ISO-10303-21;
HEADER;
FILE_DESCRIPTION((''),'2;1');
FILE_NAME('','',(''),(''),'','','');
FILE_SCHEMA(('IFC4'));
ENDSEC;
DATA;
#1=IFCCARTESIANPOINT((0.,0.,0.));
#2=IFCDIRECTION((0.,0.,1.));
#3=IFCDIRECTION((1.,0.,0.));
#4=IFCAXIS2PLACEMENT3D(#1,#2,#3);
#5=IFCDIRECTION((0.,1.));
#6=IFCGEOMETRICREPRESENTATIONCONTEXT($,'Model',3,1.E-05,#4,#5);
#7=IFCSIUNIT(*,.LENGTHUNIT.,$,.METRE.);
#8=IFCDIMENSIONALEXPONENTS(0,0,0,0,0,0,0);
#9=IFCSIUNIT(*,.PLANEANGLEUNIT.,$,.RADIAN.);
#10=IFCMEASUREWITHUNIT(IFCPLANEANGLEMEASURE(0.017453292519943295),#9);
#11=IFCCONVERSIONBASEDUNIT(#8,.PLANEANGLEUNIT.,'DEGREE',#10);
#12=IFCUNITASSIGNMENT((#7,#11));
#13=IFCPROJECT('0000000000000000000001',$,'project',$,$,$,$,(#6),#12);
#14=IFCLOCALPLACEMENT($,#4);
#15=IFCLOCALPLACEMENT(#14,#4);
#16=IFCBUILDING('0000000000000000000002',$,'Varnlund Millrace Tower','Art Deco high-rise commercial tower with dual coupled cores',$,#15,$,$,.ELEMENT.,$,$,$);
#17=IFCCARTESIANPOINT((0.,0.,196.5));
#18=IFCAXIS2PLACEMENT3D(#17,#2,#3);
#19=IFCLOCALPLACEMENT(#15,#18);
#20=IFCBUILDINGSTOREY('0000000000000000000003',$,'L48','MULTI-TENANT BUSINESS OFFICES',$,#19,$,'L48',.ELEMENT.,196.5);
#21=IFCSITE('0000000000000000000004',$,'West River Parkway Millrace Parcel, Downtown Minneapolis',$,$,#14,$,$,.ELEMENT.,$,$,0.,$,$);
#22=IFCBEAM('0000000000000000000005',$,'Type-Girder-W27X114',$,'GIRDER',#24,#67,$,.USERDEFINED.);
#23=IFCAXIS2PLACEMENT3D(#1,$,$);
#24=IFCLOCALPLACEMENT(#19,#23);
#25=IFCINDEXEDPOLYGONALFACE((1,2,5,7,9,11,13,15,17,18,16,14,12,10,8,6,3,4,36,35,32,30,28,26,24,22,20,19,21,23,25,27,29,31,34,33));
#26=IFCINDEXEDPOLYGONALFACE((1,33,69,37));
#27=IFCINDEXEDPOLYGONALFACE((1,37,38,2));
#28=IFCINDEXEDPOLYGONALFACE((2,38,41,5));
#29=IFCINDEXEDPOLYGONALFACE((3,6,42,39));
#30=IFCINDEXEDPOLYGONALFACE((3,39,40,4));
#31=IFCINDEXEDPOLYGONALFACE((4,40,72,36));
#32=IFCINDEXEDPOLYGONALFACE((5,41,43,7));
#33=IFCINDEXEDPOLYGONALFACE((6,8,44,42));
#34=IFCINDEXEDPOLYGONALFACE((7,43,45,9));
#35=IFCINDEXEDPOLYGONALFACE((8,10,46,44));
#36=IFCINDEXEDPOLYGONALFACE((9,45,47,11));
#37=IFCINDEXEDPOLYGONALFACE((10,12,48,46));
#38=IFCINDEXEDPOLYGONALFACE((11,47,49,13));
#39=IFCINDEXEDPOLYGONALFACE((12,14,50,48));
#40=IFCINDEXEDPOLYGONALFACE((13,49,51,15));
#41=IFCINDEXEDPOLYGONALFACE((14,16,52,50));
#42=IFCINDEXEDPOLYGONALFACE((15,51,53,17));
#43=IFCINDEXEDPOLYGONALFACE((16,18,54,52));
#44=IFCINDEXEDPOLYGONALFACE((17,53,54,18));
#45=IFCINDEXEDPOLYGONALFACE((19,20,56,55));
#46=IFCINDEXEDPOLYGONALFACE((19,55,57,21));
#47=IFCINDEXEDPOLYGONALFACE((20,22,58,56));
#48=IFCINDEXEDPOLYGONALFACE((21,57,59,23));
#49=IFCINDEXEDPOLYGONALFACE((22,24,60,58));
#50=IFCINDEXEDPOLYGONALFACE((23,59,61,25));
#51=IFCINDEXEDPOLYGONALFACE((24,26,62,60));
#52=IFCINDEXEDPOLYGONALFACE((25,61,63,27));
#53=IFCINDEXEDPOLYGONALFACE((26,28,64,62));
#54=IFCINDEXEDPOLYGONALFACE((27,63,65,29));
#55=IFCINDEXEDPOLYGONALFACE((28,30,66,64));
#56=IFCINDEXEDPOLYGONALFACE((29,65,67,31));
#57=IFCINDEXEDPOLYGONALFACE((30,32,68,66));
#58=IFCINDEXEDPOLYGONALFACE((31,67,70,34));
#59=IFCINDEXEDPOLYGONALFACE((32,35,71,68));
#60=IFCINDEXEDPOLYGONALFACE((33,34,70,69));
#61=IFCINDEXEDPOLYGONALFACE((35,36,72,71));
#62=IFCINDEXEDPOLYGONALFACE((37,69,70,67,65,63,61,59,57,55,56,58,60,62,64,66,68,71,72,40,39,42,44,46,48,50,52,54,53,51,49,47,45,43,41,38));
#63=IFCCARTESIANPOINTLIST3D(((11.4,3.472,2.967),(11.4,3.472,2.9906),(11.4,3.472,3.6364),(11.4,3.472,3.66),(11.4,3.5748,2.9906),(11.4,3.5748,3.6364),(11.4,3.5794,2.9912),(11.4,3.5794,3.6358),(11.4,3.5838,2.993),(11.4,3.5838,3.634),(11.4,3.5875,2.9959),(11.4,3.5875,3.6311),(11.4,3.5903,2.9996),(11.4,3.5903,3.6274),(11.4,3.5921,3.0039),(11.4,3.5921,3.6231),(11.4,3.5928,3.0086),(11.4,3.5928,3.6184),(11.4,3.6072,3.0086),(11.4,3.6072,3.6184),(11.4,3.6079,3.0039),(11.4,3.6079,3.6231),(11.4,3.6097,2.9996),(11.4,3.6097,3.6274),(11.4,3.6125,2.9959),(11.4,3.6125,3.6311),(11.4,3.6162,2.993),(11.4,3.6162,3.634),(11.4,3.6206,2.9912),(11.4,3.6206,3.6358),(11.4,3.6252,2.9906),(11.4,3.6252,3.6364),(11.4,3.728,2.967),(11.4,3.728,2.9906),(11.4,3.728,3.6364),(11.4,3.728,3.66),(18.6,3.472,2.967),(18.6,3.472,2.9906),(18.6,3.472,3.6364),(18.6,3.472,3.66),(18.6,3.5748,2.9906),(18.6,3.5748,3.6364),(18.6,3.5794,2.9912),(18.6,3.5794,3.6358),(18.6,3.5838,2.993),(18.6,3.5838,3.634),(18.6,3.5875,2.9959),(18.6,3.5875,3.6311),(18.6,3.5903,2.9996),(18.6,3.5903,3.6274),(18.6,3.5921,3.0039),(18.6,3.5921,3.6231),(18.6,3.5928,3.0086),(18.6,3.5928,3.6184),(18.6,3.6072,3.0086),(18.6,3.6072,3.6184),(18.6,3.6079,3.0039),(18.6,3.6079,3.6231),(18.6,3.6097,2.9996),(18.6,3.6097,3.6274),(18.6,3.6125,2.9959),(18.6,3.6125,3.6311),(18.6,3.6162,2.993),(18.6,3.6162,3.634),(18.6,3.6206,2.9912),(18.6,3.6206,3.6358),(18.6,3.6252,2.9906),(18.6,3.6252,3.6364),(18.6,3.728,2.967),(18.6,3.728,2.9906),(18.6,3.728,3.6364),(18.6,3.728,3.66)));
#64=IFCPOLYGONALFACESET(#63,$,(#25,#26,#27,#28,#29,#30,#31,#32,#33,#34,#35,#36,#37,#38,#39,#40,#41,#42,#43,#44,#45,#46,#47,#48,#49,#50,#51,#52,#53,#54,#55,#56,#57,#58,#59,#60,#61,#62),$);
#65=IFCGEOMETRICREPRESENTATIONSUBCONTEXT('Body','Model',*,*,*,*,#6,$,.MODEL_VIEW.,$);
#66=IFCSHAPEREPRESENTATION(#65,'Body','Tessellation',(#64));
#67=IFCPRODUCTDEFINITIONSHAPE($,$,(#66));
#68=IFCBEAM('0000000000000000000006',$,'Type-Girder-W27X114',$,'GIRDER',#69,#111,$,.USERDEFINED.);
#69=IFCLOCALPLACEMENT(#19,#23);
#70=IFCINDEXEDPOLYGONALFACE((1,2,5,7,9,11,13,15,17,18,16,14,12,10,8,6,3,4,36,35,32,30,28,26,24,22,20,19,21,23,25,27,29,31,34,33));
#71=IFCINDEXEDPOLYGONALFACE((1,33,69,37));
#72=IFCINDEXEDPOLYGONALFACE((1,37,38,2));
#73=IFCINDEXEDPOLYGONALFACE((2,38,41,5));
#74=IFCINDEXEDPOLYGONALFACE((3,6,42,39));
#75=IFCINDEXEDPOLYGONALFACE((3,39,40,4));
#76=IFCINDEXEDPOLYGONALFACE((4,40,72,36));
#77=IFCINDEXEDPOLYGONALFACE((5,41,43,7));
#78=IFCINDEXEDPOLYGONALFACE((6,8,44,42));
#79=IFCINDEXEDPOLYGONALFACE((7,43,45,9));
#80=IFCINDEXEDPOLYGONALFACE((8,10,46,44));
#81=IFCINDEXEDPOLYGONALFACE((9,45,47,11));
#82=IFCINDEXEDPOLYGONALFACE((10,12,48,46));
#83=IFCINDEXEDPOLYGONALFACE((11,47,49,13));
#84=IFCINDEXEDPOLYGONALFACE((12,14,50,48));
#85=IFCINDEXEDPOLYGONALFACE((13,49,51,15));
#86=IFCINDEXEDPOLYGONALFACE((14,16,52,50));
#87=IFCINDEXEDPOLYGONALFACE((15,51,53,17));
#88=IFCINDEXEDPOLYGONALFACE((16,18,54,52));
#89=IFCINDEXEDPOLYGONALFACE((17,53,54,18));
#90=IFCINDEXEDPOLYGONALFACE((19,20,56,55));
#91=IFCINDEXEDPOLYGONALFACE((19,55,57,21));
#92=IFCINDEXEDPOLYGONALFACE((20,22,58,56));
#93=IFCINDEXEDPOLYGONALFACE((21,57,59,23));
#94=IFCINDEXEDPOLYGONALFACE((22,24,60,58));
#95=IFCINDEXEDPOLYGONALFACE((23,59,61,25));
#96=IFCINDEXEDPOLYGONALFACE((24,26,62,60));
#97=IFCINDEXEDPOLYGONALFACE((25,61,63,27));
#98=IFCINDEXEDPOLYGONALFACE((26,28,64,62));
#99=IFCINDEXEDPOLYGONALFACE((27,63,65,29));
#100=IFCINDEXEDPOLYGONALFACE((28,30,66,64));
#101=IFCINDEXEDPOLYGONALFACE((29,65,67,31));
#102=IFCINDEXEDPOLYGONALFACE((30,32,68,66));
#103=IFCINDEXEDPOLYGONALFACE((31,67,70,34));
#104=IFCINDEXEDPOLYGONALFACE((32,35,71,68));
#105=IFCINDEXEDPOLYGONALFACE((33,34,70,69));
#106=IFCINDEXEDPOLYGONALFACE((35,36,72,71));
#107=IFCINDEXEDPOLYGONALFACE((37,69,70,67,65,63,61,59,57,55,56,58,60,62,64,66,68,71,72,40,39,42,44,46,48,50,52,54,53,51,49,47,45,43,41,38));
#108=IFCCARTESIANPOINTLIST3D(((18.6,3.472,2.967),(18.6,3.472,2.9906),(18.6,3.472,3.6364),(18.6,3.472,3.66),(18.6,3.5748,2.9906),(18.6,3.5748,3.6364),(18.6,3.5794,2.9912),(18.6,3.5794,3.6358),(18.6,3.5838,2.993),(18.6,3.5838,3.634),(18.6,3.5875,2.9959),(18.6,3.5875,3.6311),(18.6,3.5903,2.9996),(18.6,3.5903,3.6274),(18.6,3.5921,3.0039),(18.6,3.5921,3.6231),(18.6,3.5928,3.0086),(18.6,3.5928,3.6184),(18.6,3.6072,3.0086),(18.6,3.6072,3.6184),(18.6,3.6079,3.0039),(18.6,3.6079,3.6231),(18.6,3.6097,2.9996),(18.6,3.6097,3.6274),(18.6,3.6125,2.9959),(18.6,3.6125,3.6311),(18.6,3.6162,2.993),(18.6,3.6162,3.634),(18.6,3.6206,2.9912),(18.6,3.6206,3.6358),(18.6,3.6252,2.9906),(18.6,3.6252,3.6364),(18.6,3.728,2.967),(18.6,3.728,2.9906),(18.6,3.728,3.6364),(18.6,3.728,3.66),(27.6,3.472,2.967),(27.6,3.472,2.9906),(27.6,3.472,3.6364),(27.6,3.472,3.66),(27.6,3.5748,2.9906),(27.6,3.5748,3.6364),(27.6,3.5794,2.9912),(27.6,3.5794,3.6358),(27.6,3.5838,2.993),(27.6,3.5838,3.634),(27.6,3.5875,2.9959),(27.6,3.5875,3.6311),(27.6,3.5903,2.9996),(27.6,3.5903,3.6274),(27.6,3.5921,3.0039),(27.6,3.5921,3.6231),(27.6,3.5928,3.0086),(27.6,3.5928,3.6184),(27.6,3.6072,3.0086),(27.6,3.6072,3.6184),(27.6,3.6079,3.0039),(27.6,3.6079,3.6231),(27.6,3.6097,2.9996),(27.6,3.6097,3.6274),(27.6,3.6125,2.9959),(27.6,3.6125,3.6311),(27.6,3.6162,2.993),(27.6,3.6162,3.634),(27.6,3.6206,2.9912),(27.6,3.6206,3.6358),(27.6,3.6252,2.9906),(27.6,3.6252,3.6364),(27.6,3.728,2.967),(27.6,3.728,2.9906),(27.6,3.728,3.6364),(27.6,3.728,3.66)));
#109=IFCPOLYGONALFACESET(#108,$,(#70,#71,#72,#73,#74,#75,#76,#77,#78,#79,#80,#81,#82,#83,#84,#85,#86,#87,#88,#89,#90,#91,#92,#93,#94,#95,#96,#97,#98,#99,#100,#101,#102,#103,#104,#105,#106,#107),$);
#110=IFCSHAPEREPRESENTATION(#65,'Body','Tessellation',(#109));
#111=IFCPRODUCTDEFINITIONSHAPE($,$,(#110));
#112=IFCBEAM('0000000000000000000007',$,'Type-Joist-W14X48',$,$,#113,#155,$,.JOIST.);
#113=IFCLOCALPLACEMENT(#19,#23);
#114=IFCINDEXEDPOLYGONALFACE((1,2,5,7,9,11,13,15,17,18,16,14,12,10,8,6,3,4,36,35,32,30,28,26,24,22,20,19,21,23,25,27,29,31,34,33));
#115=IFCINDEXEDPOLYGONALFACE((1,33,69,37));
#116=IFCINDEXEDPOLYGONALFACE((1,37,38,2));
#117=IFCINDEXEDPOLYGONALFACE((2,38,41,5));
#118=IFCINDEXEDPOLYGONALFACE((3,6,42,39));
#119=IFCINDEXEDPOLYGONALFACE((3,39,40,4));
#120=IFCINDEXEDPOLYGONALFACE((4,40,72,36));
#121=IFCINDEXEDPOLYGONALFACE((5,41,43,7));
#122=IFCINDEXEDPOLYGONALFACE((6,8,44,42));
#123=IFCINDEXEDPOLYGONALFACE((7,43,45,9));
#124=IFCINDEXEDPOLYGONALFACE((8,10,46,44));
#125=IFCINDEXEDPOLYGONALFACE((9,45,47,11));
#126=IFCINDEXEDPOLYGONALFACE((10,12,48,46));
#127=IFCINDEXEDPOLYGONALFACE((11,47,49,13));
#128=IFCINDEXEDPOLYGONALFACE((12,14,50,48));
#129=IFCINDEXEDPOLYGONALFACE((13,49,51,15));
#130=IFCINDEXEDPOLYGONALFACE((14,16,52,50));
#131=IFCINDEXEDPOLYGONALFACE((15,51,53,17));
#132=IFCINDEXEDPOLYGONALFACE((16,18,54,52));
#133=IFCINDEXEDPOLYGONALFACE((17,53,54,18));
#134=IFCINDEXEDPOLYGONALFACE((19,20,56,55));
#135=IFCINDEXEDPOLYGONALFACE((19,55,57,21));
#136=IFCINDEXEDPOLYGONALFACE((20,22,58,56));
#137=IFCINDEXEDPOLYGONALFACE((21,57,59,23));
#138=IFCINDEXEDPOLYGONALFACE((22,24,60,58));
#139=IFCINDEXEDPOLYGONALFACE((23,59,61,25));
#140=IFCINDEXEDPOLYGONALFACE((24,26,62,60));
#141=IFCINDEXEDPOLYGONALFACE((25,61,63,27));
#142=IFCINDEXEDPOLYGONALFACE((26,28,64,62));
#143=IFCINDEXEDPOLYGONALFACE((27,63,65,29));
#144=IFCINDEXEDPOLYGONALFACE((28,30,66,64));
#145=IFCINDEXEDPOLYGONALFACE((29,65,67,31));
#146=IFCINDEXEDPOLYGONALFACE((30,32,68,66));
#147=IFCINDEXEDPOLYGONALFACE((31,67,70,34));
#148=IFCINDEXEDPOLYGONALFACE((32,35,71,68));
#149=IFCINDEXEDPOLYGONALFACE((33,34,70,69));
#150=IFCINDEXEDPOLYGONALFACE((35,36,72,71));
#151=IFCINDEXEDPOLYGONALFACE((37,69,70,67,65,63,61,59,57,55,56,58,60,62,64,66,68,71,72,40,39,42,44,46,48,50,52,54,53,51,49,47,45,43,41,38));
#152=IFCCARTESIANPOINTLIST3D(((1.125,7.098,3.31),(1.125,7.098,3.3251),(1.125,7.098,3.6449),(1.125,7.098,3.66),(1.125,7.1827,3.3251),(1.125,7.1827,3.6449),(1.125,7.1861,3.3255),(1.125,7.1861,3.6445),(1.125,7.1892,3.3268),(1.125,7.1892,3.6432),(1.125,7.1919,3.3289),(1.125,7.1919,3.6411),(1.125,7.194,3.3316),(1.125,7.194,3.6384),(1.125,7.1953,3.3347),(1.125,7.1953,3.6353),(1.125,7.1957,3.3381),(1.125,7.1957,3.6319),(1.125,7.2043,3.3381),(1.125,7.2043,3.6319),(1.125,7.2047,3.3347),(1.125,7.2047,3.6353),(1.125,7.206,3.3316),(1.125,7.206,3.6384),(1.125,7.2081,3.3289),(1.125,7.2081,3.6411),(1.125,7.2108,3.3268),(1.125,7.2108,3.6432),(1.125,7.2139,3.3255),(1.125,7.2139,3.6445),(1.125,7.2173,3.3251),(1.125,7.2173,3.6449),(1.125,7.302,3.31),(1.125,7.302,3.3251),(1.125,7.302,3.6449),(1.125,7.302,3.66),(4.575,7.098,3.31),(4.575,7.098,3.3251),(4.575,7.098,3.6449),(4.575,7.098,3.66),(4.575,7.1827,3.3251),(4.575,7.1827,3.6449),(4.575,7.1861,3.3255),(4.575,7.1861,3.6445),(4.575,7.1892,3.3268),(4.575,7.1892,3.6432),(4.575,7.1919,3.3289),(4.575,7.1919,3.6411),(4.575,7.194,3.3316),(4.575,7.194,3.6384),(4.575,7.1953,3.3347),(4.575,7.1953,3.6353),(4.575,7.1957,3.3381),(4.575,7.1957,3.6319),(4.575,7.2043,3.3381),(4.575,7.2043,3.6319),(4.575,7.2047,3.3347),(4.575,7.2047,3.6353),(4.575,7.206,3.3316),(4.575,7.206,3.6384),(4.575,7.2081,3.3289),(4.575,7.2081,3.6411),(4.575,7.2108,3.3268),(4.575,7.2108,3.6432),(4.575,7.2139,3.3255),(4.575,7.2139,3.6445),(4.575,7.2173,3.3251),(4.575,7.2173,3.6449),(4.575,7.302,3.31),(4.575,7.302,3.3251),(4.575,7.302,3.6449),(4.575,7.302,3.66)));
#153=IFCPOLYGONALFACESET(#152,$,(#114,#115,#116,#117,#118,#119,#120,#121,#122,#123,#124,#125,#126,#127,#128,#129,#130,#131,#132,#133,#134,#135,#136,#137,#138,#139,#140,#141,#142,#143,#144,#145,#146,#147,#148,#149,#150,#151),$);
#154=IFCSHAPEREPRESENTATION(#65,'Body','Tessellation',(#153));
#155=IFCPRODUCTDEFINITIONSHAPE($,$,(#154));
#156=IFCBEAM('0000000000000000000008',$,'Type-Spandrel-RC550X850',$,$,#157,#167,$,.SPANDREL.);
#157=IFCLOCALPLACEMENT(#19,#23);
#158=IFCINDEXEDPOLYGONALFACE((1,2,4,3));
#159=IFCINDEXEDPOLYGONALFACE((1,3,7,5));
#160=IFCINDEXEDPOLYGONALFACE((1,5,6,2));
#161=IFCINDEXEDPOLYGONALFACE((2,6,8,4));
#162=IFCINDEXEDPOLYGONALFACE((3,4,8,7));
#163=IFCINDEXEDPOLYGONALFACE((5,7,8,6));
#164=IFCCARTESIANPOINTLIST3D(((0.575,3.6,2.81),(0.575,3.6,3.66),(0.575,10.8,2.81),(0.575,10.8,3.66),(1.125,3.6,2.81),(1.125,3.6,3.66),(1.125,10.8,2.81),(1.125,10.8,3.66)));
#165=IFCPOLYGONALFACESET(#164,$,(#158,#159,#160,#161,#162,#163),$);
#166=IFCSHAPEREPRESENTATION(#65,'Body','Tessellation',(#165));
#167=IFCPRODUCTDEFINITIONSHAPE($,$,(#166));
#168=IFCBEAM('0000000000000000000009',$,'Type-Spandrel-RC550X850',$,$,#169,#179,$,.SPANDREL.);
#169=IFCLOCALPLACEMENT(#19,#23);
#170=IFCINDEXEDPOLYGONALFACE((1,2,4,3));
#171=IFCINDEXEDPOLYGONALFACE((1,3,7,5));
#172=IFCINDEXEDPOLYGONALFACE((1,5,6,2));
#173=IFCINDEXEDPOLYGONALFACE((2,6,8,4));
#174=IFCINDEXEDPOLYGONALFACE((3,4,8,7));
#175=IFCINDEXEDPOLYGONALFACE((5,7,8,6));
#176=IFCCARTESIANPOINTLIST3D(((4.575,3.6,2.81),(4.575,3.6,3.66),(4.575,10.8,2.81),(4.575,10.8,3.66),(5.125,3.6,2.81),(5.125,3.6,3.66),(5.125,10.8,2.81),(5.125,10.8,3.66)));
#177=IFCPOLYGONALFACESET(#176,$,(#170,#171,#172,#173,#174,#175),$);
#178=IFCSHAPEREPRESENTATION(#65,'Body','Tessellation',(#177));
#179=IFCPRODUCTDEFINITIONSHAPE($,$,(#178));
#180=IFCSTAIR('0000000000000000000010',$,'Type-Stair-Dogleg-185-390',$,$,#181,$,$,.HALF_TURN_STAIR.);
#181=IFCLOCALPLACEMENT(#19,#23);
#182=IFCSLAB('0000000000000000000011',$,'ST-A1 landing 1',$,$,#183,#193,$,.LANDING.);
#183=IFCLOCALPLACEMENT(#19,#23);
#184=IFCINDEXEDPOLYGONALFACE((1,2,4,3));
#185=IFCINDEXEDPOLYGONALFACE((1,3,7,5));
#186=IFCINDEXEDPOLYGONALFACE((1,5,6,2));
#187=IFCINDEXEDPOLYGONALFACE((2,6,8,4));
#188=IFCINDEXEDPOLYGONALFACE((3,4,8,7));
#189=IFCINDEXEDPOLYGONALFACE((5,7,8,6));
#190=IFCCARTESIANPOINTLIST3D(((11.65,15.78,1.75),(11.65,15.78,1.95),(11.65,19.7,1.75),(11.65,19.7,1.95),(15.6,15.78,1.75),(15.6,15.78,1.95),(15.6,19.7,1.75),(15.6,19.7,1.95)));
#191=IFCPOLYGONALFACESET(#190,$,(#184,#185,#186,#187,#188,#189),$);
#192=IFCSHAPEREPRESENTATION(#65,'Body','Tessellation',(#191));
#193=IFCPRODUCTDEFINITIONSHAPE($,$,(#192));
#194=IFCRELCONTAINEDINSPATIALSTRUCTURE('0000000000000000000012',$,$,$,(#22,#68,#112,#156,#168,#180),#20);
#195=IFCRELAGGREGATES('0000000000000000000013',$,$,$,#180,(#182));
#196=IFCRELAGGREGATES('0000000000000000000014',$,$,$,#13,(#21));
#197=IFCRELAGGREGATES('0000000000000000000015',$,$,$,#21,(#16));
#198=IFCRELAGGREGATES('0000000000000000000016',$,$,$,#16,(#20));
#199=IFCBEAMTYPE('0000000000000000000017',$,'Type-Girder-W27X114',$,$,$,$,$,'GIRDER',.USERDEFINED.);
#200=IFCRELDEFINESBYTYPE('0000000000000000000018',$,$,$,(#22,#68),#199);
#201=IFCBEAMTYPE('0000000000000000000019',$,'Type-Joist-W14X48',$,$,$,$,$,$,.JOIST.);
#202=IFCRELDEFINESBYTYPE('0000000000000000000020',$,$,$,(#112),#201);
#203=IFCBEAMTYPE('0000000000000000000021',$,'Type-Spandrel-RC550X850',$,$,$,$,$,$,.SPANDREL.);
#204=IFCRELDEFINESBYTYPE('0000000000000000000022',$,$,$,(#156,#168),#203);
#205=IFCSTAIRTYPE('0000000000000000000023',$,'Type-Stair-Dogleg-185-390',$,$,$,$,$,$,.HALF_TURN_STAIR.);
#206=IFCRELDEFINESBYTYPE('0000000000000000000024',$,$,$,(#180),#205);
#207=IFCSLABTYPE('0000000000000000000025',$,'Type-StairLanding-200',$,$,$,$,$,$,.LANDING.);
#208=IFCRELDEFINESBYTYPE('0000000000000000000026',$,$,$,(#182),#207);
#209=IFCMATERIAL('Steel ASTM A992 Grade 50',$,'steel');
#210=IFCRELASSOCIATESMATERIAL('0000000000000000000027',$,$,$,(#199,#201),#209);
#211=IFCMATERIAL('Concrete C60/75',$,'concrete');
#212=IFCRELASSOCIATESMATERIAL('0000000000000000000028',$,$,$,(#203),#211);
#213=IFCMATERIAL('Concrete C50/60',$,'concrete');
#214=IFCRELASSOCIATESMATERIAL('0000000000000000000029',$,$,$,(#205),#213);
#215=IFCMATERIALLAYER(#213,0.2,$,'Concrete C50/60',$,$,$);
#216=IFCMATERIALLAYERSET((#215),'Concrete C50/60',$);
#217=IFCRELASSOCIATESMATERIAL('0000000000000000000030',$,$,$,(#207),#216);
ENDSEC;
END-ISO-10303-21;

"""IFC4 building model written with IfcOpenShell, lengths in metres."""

from ifc_helpers import new_model, entity, si_unit, converted_unit, direction, frame, origin_with_axes, origin_2d_with_axis, place, context, subcontext, project, spatial, polyline, rectangle, i_section, outline, extrude, material, layer, layer_set, material_profile, profile_set, type_object, element, aggregate, save


model = new_model("IFC4")

# Units and contexts
model_context = context("Model", 3, precision=1e-05, world=origin_with_axes(), true_north=direction((0.0, 1.0)))
body_context = subcontext(model_context, "Body", "Model", "MODEL_VIEW")
ifc_project = project(units=[si_unit("LENGTHUNIT", "METRE"), converted_unit("PLANEANGLEUNIT", "DEGREE", entity("IfcPlaneAngleMeasure", 0.017453292519943295), si_unit("PLANEANGLEUNIT", "RADIAN"), dimensions=[0, 0, 0, 0, 0, 0, 0])], contexts=[model_context])

# Site, building, storey
site_placement = place(None, origin_with_axes())
site = spatial("IfcSite", under=ifc_project, at=site_placement, Name="West River Parkway Millrace Parcel, Downtown Minneapolis", CompositionType="ELEMENT", RefElevation=0.0)
building_placement = place(site_placement, origin_with_axes())
building = spatial("IfcBuilding", under=site, at=building_placement, Name="Varnlund Millrace Tower", Description="Art Deco high-rise commercial tower with dual coupled cores", CompositionType="ELEMENT")
storey_placement = place(building_placement, frame((0.0, 0.0, 196.5), z_axis=(0.0, 0.0, 1.0), x_axis=(1.0, 0.0, 0.0)))
storey = spatial("IfcBuildingStorey", under=building, at=storey_placement, Name="L48", Description="MULTI-TENANT BUSINESS OFFICES", LongName="L48", CompositionType="ELEMENT", Elevation=196.5)

# Beams
ifc_material_1 = material(Name="Steel ASTM A992 Grade 50", Category="steel")
ifc_material_profile_1 = material_profile(ifc_material_1, i_section(OverallWidth=0.256, OverallDepth=0.693, WebThickness=0.0145, FlangeThickness=0.0236, FilletRadius=0.018, at=origin_2d_with_axis()), Name="Steel ASTM A992 Grade 50")
ifc_profile_set_1 = profile_set([ifc_material_profile_1], Name="Steel ASTM A992 Grade 50")
beam_type_1 = type_object("IfcBeamType", Name="Type-Girder-W27X114", ElementType="GIRDER", PredefinedType="USERDEFINED", material=ifc_profile_set_1)
beam_1_placement = place(storey_placement, frame((11.4, 3.6, 3.3135), z_axis=(1.0, 0.0, 0.0), x_axis=(0.0, 1.0, 0.0)))
element("IfcBeam", 1, at=beam_1_placement, inside=storey, type_object=beam_type_1, Name="Type-Girder-W27X114", ObjectType="GIRDER", PredefinedType="USERDEFINED", context=body_context, shape_type="SweptSolid", body=[
    extrude(i_section(OverallWidth=0.256, OverallDepth=0.693, WebThickness=0.0145, FlangeThickness=0.0236, FilletRadius=0.018, at=origin_2d_with_axis()), origin_with_axes(), (0.0, 0.0, 1.0), 7.2),
])
beam_2_placement = place(storey_placement, frame((18.6, 3.6, 3.3135), z_axis=(1.0, 0.0, 0.0), x_axis=(0.0, 1.0, 0.0)))
element("IfcBeam", 2, at=beam_2_placement, inside=storey, type_object=beam_type_1, Name="Type-Girder-W27X114", ObjectType="GIRDER", PredefinedType="USERDEFINED", context=body_context, shape_type="SweptSolid", body=[
    extrude(i_section(OverallWidth=0.256, OverallDepth=0.693, WebThickness=0.0145, FlangeThickness=0.0236, FilletRadius=0.018, at=origin_2d_with_axis()), origin_with_axes(), (0.0, 0.0, 1.0), 9.0),
])
ifc_material_profile_2 = material_profile(ifc_material_1, i_section(OverallWidth=0.204, OverallDepth=0.35, WebThickness=0.0086, FlangeThickness=0.0151, FilletRadius=0.013, at=origin_2d_with_axis()), Name="Steel ASTM A992 Grade 50")
ifc_profile_set_2 = profile_set([ifc_material_profile_2], Name="Steel ASTM A992 Grade 50")
beam_type_2 = type_object("IfcBeamType", Name="Type-Joist-W14X48", PredefinedType="JOIST", material=ifc_profile_set_2)
beam_3_placement = place(storey_placement, frame((1.125, 7.2, 3.485), z_axis=(1.0, 0.0, 0.0), x_axis=(0.0, 1.0, 0.0)))
element("IfcBeam", 3, at=beam_3_placement, inside=storey, type_object=beam_type_2, Name="Type-Joist-W14X48", PredefinedType="JOIST", context=body_context, shape_type="SweptSolid", body=[
    extrude(i_section(OverallWidth=0.204, OverallDepth=0.35, WebThickness=0.0086, FlangeThickness=0.0151, FilletRadius=0.013, at=origin_2d_with_axis()), origin_with_axes(), (0.0, 0.0, 1.0), 3.45),
])
ifc_material_2 = material(Name="Concrete C60/75", Category="concrete")
ifc_material_profile_3 = material_profile(ifc_material_2, rectangle(XDim=0.55, YDim=0.85, at=origin_2d_with_axis()), Name="Concrete C60/75")
ifc_profile_set_3 = profile_set([ifc_material_profile_3], Name="Concrete C60/75")
beam_type_3 = type_object("IfcBeamType", Name="Type-Spandrel-RC550X850", PredefinedType="SPANDREL", material=ifc_profile_set_3)
for number, where, z_axis, x_axis, name in (
    (4, (0.85, 3.6, 3.235), (0.0, 1.0, 0.0), (-1.0, 0.0, 0.0), "Type-Spandrel-RC550X850"),
    (5, (4.85, 3.6, 3.235), (0.0, 1.0, 0.0), (-1.0, 0.0, 0.0), "Type-Spandrel-RC550X850"),
):
    element("IfcBeam", number, at=place(storey_placement, frame(where, z_axis=z_axis, x_axis=x_axis)), inside=storey, type_object=beam_type_3, Name=name, PredefinedType="SPANDREL", context=body_context, shape_type="SweptSolid", body=[
        extrude(rectangle(XDim=0.55, YDim=0.85, at=origin_2d_with_axis()), origin_with_axes(), (0.0, 0.0, 1.0), 7.2),
    ])

# Stair, slab
ifc_material_3 = material(Name="Concrete C50/60", Category="concrete")
stair_type_1 = type_object("IfcStairType", Name="Type-Stair-Dogleg-185-390", PredefinedType="HALF_TURN_STAIR", material=ifc_material_3)
stair_1_placement = place(storey_placement, origin_with_axes())
stair_1 = element("IfcStair", 6, at=stair_1_placement, inside=storey, type_object=stair_type_1, Name="Type-Stair-Dogleg-185-390", PredefinedType="HALF_TURN_STAIR")
ifc_layer_1 = layer(ifc_material_3, 0.2, Name="Concrete C50/60")
ifc_layer_set_1 = layer_set([ifc_layer_1], Name="Concrete C50/60")
slab_type = type_object("IfcSlabType", Name="Type-StairLanding-200", PredefinedType="LANDING", material=ifc_layer_set_1)
slab_1_placement = place(storey_placement, frame((0.0, 0.0, 1.75), z_axis=(0.0, 0.0, 1.0), x_axis=(1.0, 0.0, 0.0)))
slab_1 = element("IfcSlab", 7, at=slab_1_placement, type_object=slab_type, Name="ST-A1 landing 1", PredefinedType="LANDING", context=body_context, shape_type="SweptSolid", body=[
    extrude(outline(polyline([(15.6, 15.78), (15.6, 19.7), (11.65, 19.7), (11.65, 15.78), (15.6, 15.78)])), origin_with_axes(), (0.0, 0.0, 1.0), 0.2),
])
aggregate(stair_1, [slab_1])

save(model, "model.ifc")
